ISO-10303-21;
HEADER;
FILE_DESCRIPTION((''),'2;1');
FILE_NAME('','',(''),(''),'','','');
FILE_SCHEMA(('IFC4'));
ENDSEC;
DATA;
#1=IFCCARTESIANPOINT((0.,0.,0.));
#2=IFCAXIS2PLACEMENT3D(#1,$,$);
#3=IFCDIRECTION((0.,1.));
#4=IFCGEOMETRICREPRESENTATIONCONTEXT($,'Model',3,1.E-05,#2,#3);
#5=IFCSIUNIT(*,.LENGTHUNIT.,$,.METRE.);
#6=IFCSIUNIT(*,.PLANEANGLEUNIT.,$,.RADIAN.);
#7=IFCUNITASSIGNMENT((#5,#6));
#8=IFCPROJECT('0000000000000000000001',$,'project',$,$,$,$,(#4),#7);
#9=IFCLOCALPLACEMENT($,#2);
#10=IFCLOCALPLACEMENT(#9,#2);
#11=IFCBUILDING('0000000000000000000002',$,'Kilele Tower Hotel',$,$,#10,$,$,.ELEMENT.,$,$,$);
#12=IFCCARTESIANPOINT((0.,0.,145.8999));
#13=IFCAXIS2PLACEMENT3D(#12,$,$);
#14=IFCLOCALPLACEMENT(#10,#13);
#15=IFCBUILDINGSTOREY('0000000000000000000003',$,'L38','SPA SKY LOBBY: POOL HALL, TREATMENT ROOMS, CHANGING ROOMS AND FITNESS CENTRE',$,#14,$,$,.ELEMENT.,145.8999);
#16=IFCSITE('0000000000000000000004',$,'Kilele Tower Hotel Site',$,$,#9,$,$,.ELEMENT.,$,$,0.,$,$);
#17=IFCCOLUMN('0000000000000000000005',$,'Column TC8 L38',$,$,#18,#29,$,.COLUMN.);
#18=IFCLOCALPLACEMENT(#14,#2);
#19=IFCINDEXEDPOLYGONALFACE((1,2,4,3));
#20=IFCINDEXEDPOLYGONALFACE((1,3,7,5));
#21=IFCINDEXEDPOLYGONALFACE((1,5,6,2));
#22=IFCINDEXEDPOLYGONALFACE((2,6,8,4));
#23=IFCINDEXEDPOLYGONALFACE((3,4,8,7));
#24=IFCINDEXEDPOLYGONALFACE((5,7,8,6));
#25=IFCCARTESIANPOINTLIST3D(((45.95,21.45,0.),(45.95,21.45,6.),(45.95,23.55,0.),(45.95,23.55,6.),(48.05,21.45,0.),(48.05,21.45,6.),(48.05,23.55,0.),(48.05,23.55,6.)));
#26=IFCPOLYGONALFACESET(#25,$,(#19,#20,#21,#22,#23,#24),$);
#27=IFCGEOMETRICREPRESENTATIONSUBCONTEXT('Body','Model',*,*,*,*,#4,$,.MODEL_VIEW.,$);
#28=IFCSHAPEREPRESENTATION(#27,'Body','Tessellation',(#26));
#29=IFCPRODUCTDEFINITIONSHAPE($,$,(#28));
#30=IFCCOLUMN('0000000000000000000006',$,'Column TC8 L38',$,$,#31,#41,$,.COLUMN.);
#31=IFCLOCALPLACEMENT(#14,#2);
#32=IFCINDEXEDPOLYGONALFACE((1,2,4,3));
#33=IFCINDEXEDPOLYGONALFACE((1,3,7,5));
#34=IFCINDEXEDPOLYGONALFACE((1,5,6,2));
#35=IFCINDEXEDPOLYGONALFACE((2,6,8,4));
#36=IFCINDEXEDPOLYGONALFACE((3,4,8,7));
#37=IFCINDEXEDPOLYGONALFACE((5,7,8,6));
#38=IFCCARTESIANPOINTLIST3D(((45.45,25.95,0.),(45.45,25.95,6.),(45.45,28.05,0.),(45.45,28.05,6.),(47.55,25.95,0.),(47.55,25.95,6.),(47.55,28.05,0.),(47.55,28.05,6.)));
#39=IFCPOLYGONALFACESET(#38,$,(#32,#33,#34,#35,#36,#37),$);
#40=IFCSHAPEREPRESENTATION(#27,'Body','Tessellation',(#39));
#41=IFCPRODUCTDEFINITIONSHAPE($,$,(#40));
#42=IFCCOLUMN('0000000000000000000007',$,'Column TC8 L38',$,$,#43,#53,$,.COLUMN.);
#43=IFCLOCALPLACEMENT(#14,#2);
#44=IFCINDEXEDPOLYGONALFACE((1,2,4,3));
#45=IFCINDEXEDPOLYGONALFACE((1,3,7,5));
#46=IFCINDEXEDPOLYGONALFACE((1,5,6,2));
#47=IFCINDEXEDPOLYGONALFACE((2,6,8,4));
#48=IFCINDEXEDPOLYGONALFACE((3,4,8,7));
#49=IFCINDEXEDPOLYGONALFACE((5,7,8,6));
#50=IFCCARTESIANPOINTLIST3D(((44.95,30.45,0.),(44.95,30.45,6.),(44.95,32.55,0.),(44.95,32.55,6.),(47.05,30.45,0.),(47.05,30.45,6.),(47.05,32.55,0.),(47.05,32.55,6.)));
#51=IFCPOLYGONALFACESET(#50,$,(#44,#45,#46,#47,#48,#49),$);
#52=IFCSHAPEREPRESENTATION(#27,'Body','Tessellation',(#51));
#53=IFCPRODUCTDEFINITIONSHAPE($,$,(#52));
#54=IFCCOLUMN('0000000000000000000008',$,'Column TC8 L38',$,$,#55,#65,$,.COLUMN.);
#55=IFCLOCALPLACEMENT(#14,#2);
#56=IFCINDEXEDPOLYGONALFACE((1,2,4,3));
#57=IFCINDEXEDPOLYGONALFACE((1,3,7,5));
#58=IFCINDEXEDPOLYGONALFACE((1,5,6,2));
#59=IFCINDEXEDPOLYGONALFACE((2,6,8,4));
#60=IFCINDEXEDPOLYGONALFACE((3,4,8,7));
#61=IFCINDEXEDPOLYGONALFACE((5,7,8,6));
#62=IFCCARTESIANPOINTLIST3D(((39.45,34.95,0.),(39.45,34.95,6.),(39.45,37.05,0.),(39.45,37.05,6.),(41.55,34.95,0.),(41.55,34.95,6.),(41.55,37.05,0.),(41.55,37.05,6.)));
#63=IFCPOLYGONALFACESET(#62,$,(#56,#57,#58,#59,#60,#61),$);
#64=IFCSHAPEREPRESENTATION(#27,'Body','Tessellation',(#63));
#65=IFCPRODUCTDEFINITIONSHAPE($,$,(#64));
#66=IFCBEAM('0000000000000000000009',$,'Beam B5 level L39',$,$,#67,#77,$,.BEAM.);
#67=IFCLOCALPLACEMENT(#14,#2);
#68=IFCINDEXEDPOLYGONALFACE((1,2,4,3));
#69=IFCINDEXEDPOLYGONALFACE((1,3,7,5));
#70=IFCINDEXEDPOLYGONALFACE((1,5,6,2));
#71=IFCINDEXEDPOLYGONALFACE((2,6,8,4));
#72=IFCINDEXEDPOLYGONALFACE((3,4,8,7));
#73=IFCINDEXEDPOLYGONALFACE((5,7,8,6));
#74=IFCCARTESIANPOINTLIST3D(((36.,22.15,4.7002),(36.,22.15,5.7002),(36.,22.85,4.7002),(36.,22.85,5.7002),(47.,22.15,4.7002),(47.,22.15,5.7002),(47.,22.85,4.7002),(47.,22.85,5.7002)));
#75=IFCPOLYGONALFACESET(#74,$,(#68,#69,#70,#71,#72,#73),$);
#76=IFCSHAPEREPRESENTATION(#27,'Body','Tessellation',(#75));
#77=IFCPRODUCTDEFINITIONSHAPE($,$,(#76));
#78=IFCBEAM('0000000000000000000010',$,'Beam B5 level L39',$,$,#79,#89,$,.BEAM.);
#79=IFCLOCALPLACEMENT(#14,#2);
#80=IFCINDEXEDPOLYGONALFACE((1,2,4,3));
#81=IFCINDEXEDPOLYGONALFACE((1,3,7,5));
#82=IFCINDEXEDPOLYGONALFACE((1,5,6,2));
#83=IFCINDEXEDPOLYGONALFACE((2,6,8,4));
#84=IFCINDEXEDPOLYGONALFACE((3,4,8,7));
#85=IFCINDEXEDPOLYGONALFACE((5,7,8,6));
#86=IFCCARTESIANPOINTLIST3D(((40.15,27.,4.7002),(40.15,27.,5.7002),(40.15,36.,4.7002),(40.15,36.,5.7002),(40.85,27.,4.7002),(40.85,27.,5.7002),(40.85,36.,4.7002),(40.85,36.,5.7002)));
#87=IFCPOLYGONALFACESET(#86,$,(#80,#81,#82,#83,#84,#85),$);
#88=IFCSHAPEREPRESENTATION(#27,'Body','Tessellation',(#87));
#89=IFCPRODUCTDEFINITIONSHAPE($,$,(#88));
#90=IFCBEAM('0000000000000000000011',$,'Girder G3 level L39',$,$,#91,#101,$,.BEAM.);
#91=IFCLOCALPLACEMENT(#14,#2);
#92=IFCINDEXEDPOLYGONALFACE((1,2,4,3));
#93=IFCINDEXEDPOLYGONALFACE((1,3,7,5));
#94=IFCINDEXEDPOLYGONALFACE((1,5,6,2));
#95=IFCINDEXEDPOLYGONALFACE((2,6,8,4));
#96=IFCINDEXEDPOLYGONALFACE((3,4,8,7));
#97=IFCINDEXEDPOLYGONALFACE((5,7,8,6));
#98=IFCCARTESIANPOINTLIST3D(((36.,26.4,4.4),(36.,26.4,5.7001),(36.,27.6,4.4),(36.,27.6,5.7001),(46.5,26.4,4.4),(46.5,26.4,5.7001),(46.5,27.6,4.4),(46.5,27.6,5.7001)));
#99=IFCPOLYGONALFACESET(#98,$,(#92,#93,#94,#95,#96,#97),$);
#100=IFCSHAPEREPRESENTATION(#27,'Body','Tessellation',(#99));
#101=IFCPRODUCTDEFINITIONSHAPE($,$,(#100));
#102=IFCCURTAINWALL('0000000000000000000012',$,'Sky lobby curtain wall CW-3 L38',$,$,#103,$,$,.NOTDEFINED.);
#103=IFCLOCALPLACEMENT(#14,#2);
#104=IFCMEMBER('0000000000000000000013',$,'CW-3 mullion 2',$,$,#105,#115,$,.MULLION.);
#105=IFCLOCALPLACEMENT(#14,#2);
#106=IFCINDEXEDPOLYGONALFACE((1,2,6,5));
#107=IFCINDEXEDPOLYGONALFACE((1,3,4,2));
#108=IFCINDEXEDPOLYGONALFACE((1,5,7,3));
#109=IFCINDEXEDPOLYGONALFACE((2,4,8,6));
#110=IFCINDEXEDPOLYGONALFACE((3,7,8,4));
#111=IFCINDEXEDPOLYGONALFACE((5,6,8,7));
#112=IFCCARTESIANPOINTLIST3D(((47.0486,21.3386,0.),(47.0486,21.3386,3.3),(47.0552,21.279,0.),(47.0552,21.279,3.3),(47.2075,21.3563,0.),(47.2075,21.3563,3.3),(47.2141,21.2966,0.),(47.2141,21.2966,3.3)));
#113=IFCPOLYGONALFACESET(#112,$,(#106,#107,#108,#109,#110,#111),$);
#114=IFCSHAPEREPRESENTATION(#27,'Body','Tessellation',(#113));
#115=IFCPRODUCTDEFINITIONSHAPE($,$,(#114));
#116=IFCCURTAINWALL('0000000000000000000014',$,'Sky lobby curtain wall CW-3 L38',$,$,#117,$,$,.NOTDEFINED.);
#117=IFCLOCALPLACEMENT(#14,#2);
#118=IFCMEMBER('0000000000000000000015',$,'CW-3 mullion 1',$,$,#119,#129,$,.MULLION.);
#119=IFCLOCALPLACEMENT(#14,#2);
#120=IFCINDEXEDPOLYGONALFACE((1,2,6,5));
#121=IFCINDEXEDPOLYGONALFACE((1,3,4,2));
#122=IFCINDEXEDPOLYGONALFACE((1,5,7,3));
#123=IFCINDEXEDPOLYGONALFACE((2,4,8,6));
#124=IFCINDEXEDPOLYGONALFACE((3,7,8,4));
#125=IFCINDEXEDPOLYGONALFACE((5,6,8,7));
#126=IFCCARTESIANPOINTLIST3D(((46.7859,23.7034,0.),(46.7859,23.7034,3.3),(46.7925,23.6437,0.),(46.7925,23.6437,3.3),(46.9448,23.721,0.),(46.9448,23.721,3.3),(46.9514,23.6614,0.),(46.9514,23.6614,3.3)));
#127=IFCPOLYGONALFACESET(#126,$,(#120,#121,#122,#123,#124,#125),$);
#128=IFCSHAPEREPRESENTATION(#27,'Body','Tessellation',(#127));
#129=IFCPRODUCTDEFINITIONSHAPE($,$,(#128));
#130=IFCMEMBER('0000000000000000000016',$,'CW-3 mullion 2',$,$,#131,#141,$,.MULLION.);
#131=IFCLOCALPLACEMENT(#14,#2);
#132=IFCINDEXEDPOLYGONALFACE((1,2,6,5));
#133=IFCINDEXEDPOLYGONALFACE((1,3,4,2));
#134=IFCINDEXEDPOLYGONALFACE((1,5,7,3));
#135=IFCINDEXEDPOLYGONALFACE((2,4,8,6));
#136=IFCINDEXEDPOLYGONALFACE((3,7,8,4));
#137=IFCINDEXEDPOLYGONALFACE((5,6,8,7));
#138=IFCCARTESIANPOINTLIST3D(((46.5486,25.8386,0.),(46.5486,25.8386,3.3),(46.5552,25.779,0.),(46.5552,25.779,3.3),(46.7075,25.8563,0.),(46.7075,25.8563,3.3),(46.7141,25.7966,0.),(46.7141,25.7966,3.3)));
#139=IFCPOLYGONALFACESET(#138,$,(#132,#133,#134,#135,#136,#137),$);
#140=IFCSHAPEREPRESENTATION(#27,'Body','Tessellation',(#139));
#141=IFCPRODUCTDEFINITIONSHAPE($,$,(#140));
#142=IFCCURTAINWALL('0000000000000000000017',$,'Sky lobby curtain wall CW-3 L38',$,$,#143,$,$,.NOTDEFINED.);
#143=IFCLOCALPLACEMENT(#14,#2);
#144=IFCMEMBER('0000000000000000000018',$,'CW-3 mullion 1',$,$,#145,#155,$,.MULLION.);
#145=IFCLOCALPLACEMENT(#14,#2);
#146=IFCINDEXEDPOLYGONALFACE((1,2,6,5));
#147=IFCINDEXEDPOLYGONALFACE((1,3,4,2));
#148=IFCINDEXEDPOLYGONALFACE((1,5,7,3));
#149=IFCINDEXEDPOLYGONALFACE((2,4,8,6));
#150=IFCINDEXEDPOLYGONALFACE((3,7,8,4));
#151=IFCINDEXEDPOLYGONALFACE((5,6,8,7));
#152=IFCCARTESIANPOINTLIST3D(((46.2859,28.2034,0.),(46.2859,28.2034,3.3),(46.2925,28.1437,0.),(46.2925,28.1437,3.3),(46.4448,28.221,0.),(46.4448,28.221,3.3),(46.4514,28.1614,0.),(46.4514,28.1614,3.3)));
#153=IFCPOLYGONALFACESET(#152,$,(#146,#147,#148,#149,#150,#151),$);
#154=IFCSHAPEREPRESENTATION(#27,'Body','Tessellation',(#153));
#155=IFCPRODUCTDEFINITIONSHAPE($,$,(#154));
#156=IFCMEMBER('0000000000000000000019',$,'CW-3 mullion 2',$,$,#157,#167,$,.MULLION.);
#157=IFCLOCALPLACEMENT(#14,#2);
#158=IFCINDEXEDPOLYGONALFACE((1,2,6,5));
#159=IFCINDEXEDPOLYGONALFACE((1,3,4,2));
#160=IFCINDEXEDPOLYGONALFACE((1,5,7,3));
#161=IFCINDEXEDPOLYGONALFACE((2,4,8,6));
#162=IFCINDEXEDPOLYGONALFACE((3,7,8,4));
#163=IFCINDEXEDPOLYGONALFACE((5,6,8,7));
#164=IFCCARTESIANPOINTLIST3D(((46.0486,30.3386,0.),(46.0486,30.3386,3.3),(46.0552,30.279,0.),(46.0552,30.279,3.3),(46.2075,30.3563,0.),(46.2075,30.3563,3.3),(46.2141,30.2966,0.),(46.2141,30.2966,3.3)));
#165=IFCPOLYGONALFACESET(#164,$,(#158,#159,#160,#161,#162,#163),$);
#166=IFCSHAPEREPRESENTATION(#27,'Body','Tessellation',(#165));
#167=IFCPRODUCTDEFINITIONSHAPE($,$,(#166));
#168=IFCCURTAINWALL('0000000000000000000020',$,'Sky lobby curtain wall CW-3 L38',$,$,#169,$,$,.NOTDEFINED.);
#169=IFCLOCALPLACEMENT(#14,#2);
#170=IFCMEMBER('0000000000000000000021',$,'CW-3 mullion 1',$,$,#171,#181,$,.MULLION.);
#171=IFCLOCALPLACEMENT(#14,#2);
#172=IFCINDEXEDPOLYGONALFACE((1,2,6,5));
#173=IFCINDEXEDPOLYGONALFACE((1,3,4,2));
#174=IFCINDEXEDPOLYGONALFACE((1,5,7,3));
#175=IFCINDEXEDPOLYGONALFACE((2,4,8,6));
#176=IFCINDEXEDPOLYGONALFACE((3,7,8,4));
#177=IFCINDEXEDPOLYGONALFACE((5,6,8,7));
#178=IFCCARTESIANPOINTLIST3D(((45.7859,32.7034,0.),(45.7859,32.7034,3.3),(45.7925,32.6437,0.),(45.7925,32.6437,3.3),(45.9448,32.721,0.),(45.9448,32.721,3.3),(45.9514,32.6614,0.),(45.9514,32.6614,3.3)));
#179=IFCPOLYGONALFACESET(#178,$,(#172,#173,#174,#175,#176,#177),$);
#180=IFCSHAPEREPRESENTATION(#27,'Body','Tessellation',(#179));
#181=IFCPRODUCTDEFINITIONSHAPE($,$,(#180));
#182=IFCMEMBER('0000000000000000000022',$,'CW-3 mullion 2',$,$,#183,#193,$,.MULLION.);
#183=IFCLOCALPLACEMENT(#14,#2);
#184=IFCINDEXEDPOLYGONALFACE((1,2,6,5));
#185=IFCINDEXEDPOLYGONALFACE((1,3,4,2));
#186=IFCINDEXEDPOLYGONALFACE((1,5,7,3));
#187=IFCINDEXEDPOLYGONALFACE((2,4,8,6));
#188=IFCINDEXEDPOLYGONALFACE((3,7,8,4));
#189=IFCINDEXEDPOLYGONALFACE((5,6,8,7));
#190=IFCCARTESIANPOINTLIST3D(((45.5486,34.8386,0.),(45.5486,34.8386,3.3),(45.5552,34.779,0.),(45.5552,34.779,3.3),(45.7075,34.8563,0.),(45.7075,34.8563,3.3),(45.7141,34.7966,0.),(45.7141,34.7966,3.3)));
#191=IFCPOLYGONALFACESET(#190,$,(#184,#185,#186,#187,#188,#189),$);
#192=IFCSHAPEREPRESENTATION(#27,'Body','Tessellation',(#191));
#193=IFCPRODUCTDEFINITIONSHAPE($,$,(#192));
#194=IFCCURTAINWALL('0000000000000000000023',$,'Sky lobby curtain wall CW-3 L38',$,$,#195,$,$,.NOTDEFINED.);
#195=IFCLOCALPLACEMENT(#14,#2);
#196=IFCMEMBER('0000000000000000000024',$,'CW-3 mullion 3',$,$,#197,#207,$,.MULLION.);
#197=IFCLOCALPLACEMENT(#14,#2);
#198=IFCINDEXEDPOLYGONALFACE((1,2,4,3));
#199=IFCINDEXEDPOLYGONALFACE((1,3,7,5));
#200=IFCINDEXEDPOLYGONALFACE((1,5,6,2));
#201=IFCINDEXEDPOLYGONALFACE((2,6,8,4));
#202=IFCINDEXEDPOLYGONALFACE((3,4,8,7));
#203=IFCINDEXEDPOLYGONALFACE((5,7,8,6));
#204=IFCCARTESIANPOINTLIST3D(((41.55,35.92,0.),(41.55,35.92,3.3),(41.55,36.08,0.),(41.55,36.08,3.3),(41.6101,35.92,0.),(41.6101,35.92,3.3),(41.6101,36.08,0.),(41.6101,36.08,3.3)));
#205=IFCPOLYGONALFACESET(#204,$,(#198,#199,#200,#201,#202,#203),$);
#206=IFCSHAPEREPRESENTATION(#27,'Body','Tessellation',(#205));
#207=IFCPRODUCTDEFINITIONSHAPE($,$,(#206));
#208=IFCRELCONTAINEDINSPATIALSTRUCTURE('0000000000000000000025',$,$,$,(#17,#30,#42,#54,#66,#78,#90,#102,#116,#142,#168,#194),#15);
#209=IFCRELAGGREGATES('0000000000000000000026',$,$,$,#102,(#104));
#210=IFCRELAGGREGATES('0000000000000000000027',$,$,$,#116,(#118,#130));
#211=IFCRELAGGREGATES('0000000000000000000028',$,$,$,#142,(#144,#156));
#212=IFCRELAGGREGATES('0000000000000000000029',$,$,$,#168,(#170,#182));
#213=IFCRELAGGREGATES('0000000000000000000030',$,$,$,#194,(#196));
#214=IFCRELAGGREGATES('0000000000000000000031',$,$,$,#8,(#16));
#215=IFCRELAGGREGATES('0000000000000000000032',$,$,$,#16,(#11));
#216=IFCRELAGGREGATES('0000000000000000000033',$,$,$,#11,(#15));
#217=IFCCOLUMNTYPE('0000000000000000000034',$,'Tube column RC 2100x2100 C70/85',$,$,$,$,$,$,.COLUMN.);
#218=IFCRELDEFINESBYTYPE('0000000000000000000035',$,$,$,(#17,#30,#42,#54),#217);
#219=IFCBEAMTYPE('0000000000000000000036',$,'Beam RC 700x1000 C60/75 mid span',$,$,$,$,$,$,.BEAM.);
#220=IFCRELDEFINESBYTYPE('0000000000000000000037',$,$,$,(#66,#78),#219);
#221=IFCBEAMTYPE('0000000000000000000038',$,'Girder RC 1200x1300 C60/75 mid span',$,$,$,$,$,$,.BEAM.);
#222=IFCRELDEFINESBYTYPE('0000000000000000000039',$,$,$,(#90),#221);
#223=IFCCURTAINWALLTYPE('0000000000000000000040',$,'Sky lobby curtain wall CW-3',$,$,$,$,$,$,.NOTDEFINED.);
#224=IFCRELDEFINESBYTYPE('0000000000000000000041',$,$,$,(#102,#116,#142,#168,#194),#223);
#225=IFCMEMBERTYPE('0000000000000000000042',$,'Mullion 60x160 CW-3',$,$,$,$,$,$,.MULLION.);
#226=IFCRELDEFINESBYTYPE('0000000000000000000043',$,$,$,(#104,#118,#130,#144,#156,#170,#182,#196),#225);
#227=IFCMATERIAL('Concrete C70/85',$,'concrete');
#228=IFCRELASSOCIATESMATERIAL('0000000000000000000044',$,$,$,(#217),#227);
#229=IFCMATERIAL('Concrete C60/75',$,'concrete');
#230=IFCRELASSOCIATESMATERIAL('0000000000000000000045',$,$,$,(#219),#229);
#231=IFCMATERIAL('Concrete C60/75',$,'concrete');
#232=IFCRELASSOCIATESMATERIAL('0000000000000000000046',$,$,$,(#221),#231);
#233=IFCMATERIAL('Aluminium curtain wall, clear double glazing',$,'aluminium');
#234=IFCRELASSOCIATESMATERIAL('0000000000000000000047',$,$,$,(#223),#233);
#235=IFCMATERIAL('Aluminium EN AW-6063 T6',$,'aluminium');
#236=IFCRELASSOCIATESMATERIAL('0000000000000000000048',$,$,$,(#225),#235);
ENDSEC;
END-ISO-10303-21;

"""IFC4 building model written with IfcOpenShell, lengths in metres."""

from ifc_helpers import new_model, si_unit, direction, frame, origin, origin_2d, place, context, subcontext, project, spatial, rectangle, extrude, material, material_profile, profile_set, type_object, element, aggregate, save


model = new_model("IFC4")

# Units and contexts
model_context = context("Model", 3, precision=1e-05, world=origin(), true_north=direction((0.0, 1.0)))
body_context = subcontext(model_context, "Body", "Model", "MODEL_VIEW")
ifc_project = project(units=[si_unit("LENGTHUNIT", "METRE"), si_unit("PLANEANGLEUNIT", "RADIAN")], contexts=[model_context])

# Site, building, storey
site_placement = place(None, origin())
site = spatial("IfcSite", under=ifc_project, at=site_placement, Name="Kilele Tower Hotel Site", CompositionType="ELEMENT", RefElevation=0.0)
building_placement = place(site_placement, origin())
building = spatial("IfcBuilding", under=site, at=building_placement, Name="Kilele Tower Hotel", CompositionType="ELEMENT")
storey_placement = place(building_placement, frame((0.0, 0.0, 145.8999)))
storey = spatial("IfcBuildingStorey", under=building, at=storey_placement, Name="L38", Description="SPA SKY LOBBY: POOL HALL, TREATMENT ROOMS, CHANGING ROOMS AND FITNESS CENTRE", CompositionType="ELEMENT", Elevation=145.8999)

# Columns
ifc_material_1 = material(Name="Concrete C70/85", Category="concrete")
ifc_material_profile_1 = material_profile(ifc_material_1, rectangle(XDim=2.1001, YDim=2.1001, at=origin_2d()))
ifc_profile_set_1 = profile_set([ifc_material_profile_1], Name="Concrete C70/85")
column_type = type_object("IfcColumnType", Name="Tube column RC 2100x2100 C70/85", PredefinedType="COLUMN", material=ifc_profile_set_1)
for number, where, z_axis, x_axis, name in (
    (1, (47.0, 22.5, 0.0), (0.0, 0.0, 1.0), (1.0, 0.0, 0.0), "Column TC8 L38"),
    (2, (46.5, 27.0, 0.0), (0.0, 0.0, 1.0), (1.0, 0.0, 0.0), "Column TC8 L38"),
    (3, (46.0, 31.5, 0.0), (0.0, 0.0, 1.0), (1.0, 0.0, 0.0), "Column TC8 L38"),
    (4, (40.5, 36.0, 0.0), (0.0, 0.0, 1.0), (1.0, 0.0, 0.0), "Column TC8 L38"),
):
    element("IfcColumn", number, at=place(storey_placement, frame(where, z_axis=z_axis, x_axis=x_axis)), inside=storey, type_object=column_type, Name=name, PredefinedType="COLUMN", context=body_context, shape_type="SweptSolid", body=[
        extrude(rectangle(XDim=2.1001, YDim=2.1001, at=origin_2d()), origin(), (0.0, 0.0, 1.0), 6.0),
    ])

# Beams
ifc_material_2 = material(Name="Concrete C60/75", Category="concrete")
ifc_material_profile_2 = material_profile(ifc_material_2, rectangle(XDim=0.7, YDim=1.0, at=origin_2d()))
ifc_profile_set_2 = profile_set([ifc_material_profile_2], Name="Concrete C60/75")
beam_type_1 = type_object("IfcBeamType", Name="Beam RC 700x1000 C60/75 mid span", PredefinedType="BEAM", material=ifc_profile_set_2)
beam_1_placement = place(storey_placement, frame((47.0, 22.5, 5.2002), z_axis=(-1.0, 0.0, 0.0), x_axis=(0.0, -1.0, 0.0)))
element("IfcBeam", 5, at=beam_1_placement, inside=storey, type_object=beam_type_1, Name="Beam B5 level L39", PredefinedType="BEAM", context=body_context, shape_type="SweptSolid", body=[
    extrude(rectangle(XDim=0.7, YDim=1.0, at=origin_2d()), origin(), (0.0, 0.0, 1.0), 11.0),
])
beam_2_placement = place(storey_placement, frame((40.5, 36.0, 5.2002), z_axis=(0.0, -1.0, 0.0), x_axis=(1.0, 0.0, 0.0)))
element("IfcBeam", 6, at=beam_2_placement, inside=storey, type_object=beam_type_1, Name="Beam B5 level L39", PredefinedType="BEAM", context=body_context, shape_type="SweptSolid", body=[
    extrude(rectangle(XDim=0.7, YDim=1.0, at=origin_2d()), origin(), (0.0, 0.0, 1.0), 9.0),
])
ifc_material_3 = material(Name="Concrete C60/75", Category="concrete")
ifc_material_profile_3 = material_profile(ifc_material_3, rectangle(XDim=1.2, YDim=1.3, at=origin_2d()))
ifc_profile_set_3 = profile_set([ifc_material_profile_3], Name="Concrete C60/75")
beam_type_2 = type_object("IfcBeamType", Name="Girder RC 1200x1300 C60/75 mid span", PredefinedType="BEAM", material=ifc_profile_set_3)
beam_3_placement = place(storey_placement, frame((46.5, 27.0, 5.05), z_axis=(-1.0, 0.0, 0.0), x_axis=(0.0, -1.0, 0.0)))
element("IfcBeam", 7, at=beam_3_placement, inside=storey, type_object=beam_type_2, Name="Girder G3 level L39", PredefinedType="BEAM", context=body_context, shape_type="SweptSolid", body=[
    extrude(rectangle(XDim=1.2, YDim=1.3, at=origin_2d()), origin(), (0.0, 0.0, 1.0), 10.5),
])

# Curtain wall, member
ifc_material_4 = material(Name="Aluminium curtain wall, clear double glazing", Category="aluminium")
curtain_wall_type = type_object("IfcCurtainWallType", Name="Sky lobby curtain wall CW-3", PredefinedType="NOTDEFINED", material=ifc_material_4)
curtain_wall_1_placement = place(storey_placement, origin())
curtain_wall_1 = element("IfcCurtainWall", 8, at=curtain_wall_1_placement, inside=storey, type_object=curtain_wall_type, Name="Sky lobby curtain wall CW-3 L38", PredefinedType="NOTDEFINED")
ifc_material_5 = material(Name="Aluminium EN AW-6063 T6", Category="aluminium")
ifc_material_profile_4 = material_profile(ifc_material_5, rectangle(XDim=0.1599, YDim=0.0601, at=origin_2d()))
ifc_profile_set_4 = profile_set([ifc_material_profile_4], Name="Aluminium EN AW-6063 T6")
member_type_1 = type_object("IfcMemberType", Name="Mullion 60x160 CW-3", PredefinedType="MULLION", material=ifc_profile_set_4)
member_1_placement = place(storey_placement, frame((47.1313, 21.3176, 0.0), z_axis=(0.0, 0.0, 1.0), x_axis=(-0.993884, -0.110432, 0.0)))
member_1 = element("IfcMember", 9, at=member_1_placement, type_object=member_type_1, Name="CW-3 mullion 2", PredefinedType="MULLION", context=body_context, shape_type="SweptSolid", body=[
    extrude(rectangle(XDim=0.1599, YDim=0.0601, at=origin_2d()), origin(), (0.0, 0.0, 1.0), 3.3),
])

# Curtain walls, members
curtain_wall_2_placement = place(storey_placement, origin())
curtain_wall_2 = element("IfcCurtainWall", 10, at=curtain_wall_2_placement, inside=storey, type_object=curtain_wall_type, Name="Sky lobby curtain wall CW-3 L38", PredefinedType="NOTDEFINED")
member_2_placement = place(storey_placement, frame((46.8687, 23.6824, 0.0), z_axis=(0.0, 0.0, 1.0), x_axis=(-0.993884, -0.110432, 0.0)))
member_2 = element("IfcMember", 11, at=member_2_placement, type_object=member_type_1, Name="CW-3 mullion 1", PredefinedType="MULLION", context=body_context, shape_type="SweptSolid", body=[
    extrude(rectangle(XDim=0.1599, YDim=0.0601, at=origin_2d()), origin(), (0.0, 0.0, 1.0), 3.3),
])
member_3_placement = place(storey_placement, frame((46.6313, 25.8176, 0.0), z_axis=(0.0, 0.0, 1.0), x_axis=(-0.993884, -0.110432, 0.0)))
member_3 = element("IfcMember", 12, at=member_3_placement, type_object=member_type_1, Name="CW-3 mullion 2", PredefinedType="MULLION", context=body_context, shape_type="SweptSolid", body=[
    extrude(rectangle(XDim=0.1599, YDim=0.0601, at=origin_2d()), origin(), (0.0, 0.0, 1.0), 3.3),
])
curtain_wall_3_placement = place(storey_placement, origin())
curtain_wall_3 = element("IfcCurtainWall", 13, at=curtain_wall_3_placement, inside=storey, type_object=curtain_wall_type, Name="Sky lobby curtain wall CW-3 L38", PredefinedType="NOTDEFINED")
member_4_placement = place(storey_placement, frame((46.3687, 28.1824, 0.0), z_axis=(0.0, 0.0, 1.0), x_axis=(-0.993884, -0.110432, 0.0)))
member_4 = element("IfcMember", 14, at=member_4_placement, type_object=member_type_1, Name="CW-3 mullion 1", PredefinedType="MULLION", context=body_context, shape_type="SweptSolid", body=[
    extrude(rectangle(XDim=0.1599, YDim=0.0601, at=origin_2d()), origin(), (0.0, 0.0, 1.0), 3.3),
])
member_5_placement = place(storey_placement, frame((46.1313, 30.3176, 0.0), z_axis=(0.0, 0.0, 1.0), x_axis=(-0.993884, -0.110432, 0.0)))
member_5 = element("IfcMember", 15, at=member_5_placement, type_object=member_type_1, Name="CW-3 mullion 2", PredefinedType="MULLION", context=body_context, shape_type="SweptSolid", body=[
    extrude(rectangle(XDim=0.1599, YDim=0.0601, at=origin_2d()), origin(), (0.0, 0.0, 1.0), 3.3),
])
curtain_wall_4_placement = place(storey_placement, origin())
curtain_wall_4 = element("IfcCurtainWall", 16, at=curtain_wall_4_placement, inside=storey, type_object=curtain_wall_type, Name="Sky lobby curtain wall CW-3 L38", PredefinedType="NOTDEFINED")
member_6_placement = place(storey_placement, frame((45.8687, 32.6824, 0.0), z_axis=(0.0, 0.0, 1.0), x_axis=(-0.993884, -0.110432, 0.0)))
member_6 = element("IfcMember", 17, at=member_6_placement, type_object=member_type_1, Name="CW-3 mullion 1", PredefinedType="MULLION", context=body_context, shape_type="SweptSolid", body=[
    extrude(rectangle(XDim=0.1599, YDim=0.0601, at=origin_2d()), origin(), (0.0, 0.0, 1.0), 3.3),
])
member_7_placement = place(storey_placement, frame((45.6313, 34.8176, 0.0), z_axis=(0.0, 0.0, 1.0), x_axis=(-0.993884, -0.110432, 0.0)))
member_7 = element("IfcMember", 18, at=member_7_placement, type_object=member_type_1, Name="CW-3 mullion 2", PredefinedType="MULLION", context=body_context, shape_type="SweptSolid", body=[
    extrude(rectangle(XDim=0.1599, YDim=0.0601, at=origin_2d()), origin(), (0.0, 0.0, 1.0), 3.3),
])

# Curtain wall, member
curtain_wall_5_placement = place(storey_placement, origin())
curtain_wall_5 = element("IfcCurtainWall", 19, at=curtain_wall_5_placement, inside=storey, type_object=curtain_wall_type, Name="Sky lobby curtain wall CW-3 L38", PredefinedType="NOTDEFINED")
member_8_placement = place(storey_placement, frame((41.5801, 36.0, 0.0), z_axis=(0.0, 0.0, 1.0), x_axis=(0.0, -1.0, 0.0)))
member_8 = element("IfcMember", 20, at=member_8_placement, type_object=member_type_1, Name="CW-3 mullion 3", PredefinedType="MULLION", context=body_context, shape_type="SweptSolid", body=[
    extrude(rectangle(XDim=0.1599, YDim=0.0601, at=origin_2d()), origin(), (0.0, 0.0, 1.0), 3.3),
])

aggregate(curtain_wall_1, [member_1])
aggregate(curtain_wall_2, [member_2, member_3])
aggregate(curtain_wall_3, [member_4, member_5])
aggregate(curtain_wall_4, [member_6, member_7])
aggregate(curtain_wall_5, [member_8])

save(model, "model.ifc")
